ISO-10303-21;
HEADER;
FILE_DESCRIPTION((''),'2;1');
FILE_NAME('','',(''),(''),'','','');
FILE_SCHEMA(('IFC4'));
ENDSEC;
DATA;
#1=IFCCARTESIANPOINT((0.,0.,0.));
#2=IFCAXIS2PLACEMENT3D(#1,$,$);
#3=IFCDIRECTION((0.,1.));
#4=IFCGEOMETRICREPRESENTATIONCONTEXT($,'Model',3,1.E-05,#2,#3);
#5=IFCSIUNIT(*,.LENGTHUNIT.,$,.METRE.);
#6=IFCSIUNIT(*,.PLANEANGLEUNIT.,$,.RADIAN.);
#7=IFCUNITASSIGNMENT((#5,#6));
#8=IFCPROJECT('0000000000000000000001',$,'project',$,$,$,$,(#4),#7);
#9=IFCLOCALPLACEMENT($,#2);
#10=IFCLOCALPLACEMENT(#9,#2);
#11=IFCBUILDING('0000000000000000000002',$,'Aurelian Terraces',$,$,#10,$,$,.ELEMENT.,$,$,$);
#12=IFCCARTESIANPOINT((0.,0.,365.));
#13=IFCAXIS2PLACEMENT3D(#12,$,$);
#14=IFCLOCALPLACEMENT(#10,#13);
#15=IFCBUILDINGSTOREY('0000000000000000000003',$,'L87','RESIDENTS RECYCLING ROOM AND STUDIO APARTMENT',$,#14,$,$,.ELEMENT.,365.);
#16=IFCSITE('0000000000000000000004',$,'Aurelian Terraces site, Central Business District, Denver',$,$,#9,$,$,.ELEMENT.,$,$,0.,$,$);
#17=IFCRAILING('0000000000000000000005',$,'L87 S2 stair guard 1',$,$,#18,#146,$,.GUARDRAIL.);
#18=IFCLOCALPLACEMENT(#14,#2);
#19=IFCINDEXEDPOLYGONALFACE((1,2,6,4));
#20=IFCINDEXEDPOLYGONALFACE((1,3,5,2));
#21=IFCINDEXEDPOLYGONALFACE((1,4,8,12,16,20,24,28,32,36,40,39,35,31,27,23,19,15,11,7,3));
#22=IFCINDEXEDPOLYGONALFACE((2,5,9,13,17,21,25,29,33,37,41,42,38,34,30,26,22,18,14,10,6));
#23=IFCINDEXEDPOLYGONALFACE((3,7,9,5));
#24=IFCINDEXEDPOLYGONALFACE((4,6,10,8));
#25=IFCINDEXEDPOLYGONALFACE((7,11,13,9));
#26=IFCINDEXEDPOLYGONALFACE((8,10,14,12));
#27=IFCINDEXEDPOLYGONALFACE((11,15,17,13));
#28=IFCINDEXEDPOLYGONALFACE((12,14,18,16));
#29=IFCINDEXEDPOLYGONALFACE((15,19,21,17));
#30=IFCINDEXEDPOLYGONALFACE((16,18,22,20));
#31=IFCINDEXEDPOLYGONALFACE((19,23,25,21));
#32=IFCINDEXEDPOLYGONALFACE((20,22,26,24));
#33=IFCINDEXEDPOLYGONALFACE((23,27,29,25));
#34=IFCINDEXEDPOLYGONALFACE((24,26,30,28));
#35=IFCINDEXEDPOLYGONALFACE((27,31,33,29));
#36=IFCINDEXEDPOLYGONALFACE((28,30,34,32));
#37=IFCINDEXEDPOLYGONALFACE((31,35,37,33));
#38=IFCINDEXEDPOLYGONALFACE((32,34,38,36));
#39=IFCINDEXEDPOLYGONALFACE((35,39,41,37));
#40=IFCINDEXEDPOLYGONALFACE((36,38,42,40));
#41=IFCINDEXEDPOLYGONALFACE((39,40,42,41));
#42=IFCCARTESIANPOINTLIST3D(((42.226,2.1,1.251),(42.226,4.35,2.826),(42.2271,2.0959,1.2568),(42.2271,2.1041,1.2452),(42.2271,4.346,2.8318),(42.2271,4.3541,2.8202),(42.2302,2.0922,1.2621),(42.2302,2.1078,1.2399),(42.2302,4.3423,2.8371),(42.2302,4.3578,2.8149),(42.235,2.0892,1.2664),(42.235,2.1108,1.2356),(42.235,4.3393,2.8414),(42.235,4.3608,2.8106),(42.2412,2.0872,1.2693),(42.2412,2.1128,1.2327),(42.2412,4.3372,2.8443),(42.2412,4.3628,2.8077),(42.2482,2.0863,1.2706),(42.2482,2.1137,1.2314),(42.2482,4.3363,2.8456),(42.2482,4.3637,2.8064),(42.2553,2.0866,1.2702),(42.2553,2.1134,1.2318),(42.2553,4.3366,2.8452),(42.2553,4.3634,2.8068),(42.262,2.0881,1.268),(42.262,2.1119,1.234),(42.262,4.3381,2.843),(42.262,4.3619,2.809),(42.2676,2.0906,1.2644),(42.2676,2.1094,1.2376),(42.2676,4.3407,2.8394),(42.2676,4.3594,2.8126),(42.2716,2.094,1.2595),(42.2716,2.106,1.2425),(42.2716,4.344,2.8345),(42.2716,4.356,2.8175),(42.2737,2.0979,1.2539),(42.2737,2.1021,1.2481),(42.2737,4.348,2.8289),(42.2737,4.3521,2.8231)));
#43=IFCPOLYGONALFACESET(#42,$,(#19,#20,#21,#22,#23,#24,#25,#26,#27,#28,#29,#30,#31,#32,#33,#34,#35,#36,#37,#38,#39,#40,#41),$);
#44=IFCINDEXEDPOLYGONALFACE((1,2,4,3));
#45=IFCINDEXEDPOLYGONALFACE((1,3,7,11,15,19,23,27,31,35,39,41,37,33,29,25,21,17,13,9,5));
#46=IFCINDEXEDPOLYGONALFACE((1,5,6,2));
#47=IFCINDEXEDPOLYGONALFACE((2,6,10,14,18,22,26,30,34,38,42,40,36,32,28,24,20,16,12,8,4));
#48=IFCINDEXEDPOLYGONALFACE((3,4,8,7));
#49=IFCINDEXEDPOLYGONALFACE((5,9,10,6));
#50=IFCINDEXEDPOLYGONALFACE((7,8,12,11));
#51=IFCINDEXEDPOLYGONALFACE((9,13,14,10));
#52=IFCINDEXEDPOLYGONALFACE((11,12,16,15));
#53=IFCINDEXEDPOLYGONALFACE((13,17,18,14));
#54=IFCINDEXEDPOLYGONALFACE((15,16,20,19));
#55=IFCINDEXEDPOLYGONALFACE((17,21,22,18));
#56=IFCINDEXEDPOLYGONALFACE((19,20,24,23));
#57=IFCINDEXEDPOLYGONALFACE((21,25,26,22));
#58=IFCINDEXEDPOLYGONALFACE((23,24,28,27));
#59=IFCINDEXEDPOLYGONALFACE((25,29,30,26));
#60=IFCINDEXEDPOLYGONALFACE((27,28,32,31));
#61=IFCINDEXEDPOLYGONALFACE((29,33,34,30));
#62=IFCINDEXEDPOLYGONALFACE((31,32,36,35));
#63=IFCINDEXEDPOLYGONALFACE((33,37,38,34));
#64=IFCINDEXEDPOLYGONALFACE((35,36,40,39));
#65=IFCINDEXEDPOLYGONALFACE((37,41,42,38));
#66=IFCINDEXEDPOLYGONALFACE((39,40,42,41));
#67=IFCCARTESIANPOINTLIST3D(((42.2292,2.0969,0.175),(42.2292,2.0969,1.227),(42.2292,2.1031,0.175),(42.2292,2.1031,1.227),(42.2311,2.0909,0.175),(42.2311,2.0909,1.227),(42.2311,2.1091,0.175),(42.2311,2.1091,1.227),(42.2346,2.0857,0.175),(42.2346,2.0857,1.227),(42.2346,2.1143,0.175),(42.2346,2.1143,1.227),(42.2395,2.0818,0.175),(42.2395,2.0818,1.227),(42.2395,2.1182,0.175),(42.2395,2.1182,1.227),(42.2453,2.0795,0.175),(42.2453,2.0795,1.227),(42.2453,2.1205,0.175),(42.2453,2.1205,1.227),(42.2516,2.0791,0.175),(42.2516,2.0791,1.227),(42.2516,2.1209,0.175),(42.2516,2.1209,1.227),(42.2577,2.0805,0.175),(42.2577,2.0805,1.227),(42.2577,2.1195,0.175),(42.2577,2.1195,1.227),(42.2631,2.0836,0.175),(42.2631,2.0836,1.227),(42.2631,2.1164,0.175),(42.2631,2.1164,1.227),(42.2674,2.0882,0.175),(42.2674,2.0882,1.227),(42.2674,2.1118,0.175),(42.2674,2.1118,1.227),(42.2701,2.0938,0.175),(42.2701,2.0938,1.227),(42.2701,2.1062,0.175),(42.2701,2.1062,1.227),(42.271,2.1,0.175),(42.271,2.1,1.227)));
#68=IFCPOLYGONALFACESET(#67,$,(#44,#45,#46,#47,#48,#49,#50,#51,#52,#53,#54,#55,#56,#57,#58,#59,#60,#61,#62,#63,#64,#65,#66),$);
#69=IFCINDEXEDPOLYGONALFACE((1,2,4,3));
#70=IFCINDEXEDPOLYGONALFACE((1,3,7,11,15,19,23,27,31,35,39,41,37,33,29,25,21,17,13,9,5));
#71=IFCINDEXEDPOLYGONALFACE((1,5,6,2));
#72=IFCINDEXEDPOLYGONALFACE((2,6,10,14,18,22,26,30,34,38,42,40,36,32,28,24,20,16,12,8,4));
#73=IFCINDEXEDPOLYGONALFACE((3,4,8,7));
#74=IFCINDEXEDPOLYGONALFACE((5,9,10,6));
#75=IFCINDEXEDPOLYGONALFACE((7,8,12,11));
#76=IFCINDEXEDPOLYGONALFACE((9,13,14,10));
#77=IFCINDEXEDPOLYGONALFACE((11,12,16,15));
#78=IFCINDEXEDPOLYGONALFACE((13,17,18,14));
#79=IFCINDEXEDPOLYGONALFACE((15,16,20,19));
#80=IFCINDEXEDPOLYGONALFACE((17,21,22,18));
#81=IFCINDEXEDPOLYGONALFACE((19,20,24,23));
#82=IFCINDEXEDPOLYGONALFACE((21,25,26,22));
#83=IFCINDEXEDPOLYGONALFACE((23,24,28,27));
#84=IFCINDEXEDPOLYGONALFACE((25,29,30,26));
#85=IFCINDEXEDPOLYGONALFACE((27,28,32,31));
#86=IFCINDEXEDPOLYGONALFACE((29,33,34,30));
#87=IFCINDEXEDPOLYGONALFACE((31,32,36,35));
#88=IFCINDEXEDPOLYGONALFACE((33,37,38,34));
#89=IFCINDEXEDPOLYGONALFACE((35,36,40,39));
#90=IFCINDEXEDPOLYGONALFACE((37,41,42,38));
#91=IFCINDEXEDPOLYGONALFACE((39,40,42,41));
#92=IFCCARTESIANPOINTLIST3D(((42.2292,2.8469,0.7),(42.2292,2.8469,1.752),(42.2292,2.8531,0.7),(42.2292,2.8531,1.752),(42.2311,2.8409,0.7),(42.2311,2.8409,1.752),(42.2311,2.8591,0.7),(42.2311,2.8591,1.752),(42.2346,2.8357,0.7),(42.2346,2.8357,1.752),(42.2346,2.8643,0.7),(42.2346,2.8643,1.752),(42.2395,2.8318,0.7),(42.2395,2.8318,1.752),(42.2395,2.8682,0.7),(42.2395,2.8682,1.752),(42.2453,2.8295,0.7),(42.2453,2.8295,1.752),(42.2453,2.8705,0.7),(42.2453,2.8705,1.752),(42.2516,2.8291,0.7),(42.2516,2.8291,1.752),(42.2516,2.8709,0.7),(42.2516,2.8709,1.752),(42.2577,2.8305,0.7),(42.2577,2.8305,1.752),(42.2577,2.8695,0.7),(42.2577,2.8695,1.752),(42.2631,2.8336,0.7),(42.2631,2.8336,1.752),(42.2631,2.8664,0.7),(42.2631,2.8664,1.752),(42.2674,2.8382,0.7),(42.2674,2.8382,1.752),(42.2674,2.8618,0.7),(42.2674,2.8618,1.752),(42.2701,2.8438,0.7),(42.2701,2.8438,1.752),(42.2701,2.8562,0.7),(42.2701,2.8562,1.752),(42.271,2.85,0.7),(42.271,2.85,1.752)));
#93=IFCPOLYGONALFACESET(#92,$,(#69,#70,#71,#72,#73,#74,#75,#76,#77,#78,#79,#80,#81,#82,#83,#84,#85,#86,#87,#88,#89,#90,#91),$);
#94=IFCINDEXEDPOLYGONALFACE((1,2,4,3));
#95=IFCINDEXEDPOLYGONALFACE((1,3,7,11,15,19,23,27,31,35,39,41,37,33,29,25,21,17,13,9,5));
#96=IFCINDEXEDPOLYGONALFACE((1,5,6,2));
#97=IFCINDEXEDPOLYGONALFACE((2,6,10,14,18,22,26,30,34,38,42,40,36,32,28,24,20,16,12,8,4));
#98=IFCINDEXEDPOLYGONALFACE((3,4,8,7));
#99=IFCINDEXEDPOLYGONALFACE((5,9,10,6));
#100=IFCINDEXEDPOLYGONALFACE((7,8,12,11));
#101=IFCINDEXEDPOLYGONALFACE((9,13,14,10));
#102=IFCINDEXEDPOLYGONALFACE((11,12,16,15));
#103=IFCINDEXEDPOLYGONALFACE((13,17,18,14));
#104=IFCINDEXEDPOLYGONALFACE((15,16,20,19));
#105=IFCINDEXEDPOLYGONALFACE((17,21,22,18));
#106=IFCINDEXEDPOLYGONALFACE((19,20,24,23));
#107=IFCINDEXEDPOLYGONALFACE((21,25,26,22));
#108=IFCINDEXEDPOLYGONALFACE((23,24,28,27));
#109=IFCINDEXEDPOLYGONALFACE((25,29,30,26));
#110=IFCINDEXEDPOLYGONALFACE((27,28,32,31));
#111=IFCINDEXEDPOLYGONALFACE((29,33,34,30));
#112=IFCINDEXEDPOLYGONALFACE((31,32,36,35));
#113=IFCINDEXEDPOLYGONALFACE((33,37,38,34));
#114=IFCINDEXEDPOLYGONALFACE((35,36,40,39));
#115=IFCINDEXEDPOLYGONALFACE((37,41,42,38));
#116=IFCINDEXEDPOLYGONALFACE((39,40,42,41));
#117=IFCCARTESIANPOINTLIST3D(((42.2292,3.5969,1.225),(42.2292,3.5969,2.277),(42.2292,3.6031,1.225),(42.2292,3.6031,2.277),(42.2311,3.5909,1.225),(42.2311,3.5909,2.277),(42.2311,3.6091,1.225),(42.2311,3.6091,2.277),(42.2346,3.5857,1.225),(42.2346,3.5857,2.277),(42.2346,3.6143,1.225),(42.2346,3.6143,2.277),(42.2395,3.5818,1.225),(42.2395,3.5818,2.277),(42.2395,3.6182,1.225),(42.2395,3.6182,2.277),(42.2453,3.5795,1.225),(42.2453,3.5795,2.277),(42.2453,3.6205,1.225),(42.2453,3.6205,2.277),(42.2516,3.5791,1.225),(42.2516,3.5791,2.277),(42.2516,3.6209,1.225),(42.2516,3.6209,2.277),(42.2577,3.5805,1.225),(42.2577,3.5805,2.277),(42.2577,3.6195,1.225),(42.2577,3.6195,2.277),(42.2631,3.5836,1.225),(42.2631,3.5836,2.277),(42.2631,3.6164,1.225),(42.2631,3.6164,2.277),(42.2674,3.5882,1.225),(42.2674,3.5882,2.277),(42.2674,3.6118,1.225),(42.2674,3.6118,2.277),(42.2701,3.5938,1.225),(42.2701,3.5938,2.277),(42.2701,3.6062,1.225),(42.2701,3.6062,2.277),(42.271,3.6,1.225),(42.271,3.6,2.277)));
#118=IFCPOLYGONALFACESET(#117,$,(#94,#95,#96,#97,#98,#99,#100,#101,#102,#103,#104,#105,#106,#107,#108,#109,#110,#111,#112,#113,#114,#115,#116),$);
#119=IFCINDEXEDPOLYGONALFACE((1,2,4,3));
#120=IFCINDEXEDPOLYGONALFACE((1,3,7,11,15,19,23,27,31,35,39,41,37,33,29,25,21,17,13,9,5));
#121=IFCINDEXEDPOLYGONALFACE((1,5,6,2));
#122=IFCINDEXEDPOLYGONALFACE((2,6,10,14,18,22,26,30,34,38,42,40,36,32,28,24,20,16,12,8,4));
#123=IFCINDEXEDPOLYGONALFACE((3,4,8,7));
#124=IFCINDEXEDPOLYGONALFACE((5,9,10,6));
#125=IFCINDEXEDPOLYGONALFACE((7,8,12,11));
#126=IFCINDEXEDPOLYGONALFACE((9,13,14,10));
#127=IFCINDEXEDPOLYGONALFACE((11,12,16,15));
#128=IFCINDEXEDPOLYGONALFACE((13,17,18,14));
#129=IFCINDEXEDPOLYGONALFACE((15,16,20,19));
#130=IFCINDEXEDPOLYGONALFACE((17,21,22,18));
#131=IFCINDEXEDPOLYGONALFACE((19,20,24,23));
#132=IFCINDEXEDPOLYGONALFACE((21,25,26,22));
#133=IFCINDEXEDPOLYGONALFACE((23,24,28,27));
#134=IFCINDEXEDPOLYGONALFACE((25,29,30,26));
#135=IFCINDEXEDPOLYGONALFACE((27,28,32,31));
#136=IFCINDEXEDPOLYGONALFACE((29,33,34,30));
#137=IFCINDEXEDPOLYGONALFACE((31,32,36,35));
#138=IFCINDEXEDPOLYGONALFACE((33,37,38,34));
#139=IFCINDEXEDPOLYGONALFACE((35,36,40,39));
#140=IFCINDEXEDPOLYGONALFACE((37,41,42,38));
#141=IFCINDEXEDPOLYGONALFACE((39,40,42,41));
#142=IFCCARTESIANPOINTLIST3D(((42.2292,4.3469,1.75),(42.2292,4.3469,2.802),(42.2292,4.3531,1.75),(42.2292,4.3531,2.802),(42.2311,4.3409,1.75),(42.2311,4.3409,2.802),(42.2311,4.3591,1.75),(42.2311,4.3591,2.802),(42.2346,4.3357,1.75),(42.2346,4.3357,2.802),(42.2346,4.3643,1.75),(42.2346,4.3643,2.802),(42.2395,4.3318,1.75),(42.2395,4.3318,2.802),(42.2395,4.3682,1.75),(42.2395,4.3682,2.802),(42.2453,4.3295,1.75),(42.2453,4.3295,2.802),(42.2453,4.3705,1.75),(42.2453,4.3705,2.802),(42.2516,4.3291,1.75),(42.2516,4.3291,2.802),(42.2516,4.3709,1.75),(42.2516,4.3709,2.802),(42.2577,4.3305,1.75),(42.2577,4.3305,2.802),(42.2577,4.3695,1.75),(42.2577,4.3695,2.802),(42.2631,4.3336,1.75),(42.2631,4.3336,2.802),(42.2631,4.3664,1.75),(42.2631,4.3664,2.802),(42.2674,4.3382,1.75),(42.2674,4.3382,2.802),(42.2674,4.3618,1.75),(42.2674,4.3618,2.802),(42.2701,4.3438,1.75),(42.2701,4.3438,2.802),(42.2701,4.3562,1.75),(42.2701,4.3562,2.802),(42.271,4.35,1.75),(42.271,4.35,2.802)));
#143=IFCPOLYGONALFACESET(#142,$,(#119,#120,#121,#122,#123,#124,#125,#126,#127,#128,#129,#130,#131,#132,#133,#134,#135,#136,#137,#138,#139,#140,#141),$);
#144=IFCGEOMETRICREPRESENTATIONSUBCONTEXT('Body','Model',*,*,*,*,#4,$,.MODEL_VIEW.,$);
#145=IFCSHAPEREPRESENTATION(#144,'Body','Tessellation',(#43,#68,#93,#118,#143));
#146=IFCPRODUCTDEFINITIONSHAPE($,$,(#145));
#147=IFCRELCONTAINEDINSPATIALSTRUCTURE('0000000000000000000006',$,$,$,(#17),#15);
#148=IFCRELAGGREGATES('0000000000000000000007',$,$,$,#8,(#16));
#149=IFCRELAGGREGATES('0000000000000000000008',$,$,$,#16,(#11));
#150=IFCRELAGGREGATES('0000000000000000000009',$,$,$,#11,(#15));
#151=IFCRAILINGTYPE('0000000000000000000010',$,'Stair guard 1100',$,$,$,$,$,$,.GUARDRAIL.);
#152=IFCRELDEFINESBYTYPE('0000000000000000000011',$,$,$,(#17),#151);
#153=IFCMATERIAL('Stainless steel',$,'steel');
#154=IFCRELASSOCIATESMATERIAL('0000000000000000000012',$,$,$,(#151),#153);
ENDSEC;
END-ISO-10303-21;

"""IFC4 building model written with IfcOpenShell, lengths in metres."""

from ifc_helpers import new_model, si_unit, direction, frame, origin, origin_2d, place, context, subcontext, project, spatial, circle, extrude, source, transform, mapped, material, type_object, element, save


model = new_model("IFC4")

# Units and contexts
model_context = context("Model", 3, precision=1e-05, world=origin(), true_north=direction((0.0, 1.0)))
body_context = subcontext(model_context, "Body", "Model", "MODEL_VIEW")
ifc_project = project(units=[si_unit("LENGTHUNIT", "METRE"), si_unit("PLANEANGLEUNIT", "RADIAN")], contexts=[model_context])

# Site, building, storey
site_placement = place(None, origin())
site = spatial("IfcSite", under=ifc_project, at=site_placement, Name="Aurelian Terraces site, Central Business District, Denver", CompositionType="ELEMENT", RefElevation=0.0)
building_placement = place(site_placement, origin())
building = spatial("IfcBuilding", under=site, at=building_placement, Name="Aurelian Terraces", CompositionType="ELEMENT")
storey_placement = place(building_placement, frame((0.0, 0.0, 365.0)))
storey = spatial("IfcBuildingStorey", under=building, at=storey_placement, Name="L87", Description="RESIDENTS RECYCLING ROOM AND STUDIO APARTMENT", CompositionType="ELEMENT", Elevation=365.0)

# Railing
ifc_material_1 = material(Name="Stainless steel", Category="steel")
railing_type_1 = type_object("IfcRailingType", Name="Stair guard 1100", PredefinedType="GUARDRAIL", material=ifc_material_1)
shared_shape_1 = source(origin(), body_context, "Body", "SweptSolid", [
    extrude(circle(Radius=0.024, at=origin_2d()), frame((0.0, 0.0, 1.076), z_axis=(0.0, 0.819232, 0.573462), x_axis=(-1.0, 0.0, 0.0)), (0.0, 0.0, 1.0), 2.7465),
    extrude(circle(Radius=0.021, at=origin_2d()), origin(), (0.0, 0.0, 1.0), 1.052),
    extrude(circle(Radius=0.021, at=origin_2d()), frame((0.0, 0.75, 0.525)), (0.0, 0.0, 1.0), 1.052),
    extrude(circle(Radius=0.021, at=origin_2d()), frame((0.0, 1.5, 1.05)), (0.0, 0.0, 1.0), 1.052),
    extrude(circle(Radius=0.021, at=origin_2d()), frame((0.0, 2.25, 1.575)), (0.0, 0.0, 1.0), 1.052),
])
railing_1_placement = place(storey_placement, frame((42.25, 2.1, 0.175)))
element("IfcRailing", 1, at=railing_1_placement, inside=storey, type_object=railing_type_1, Name="L87 S2 stair guard 1", PredefinedType="GUARDRAIL", context=body_context, shape_type="MappedRepresentation", body=[
    mapped(shared_shape_1, transform((0.0, 0.0, 0.0), scale=1.0)),
])

save(model, "model.ifc")
